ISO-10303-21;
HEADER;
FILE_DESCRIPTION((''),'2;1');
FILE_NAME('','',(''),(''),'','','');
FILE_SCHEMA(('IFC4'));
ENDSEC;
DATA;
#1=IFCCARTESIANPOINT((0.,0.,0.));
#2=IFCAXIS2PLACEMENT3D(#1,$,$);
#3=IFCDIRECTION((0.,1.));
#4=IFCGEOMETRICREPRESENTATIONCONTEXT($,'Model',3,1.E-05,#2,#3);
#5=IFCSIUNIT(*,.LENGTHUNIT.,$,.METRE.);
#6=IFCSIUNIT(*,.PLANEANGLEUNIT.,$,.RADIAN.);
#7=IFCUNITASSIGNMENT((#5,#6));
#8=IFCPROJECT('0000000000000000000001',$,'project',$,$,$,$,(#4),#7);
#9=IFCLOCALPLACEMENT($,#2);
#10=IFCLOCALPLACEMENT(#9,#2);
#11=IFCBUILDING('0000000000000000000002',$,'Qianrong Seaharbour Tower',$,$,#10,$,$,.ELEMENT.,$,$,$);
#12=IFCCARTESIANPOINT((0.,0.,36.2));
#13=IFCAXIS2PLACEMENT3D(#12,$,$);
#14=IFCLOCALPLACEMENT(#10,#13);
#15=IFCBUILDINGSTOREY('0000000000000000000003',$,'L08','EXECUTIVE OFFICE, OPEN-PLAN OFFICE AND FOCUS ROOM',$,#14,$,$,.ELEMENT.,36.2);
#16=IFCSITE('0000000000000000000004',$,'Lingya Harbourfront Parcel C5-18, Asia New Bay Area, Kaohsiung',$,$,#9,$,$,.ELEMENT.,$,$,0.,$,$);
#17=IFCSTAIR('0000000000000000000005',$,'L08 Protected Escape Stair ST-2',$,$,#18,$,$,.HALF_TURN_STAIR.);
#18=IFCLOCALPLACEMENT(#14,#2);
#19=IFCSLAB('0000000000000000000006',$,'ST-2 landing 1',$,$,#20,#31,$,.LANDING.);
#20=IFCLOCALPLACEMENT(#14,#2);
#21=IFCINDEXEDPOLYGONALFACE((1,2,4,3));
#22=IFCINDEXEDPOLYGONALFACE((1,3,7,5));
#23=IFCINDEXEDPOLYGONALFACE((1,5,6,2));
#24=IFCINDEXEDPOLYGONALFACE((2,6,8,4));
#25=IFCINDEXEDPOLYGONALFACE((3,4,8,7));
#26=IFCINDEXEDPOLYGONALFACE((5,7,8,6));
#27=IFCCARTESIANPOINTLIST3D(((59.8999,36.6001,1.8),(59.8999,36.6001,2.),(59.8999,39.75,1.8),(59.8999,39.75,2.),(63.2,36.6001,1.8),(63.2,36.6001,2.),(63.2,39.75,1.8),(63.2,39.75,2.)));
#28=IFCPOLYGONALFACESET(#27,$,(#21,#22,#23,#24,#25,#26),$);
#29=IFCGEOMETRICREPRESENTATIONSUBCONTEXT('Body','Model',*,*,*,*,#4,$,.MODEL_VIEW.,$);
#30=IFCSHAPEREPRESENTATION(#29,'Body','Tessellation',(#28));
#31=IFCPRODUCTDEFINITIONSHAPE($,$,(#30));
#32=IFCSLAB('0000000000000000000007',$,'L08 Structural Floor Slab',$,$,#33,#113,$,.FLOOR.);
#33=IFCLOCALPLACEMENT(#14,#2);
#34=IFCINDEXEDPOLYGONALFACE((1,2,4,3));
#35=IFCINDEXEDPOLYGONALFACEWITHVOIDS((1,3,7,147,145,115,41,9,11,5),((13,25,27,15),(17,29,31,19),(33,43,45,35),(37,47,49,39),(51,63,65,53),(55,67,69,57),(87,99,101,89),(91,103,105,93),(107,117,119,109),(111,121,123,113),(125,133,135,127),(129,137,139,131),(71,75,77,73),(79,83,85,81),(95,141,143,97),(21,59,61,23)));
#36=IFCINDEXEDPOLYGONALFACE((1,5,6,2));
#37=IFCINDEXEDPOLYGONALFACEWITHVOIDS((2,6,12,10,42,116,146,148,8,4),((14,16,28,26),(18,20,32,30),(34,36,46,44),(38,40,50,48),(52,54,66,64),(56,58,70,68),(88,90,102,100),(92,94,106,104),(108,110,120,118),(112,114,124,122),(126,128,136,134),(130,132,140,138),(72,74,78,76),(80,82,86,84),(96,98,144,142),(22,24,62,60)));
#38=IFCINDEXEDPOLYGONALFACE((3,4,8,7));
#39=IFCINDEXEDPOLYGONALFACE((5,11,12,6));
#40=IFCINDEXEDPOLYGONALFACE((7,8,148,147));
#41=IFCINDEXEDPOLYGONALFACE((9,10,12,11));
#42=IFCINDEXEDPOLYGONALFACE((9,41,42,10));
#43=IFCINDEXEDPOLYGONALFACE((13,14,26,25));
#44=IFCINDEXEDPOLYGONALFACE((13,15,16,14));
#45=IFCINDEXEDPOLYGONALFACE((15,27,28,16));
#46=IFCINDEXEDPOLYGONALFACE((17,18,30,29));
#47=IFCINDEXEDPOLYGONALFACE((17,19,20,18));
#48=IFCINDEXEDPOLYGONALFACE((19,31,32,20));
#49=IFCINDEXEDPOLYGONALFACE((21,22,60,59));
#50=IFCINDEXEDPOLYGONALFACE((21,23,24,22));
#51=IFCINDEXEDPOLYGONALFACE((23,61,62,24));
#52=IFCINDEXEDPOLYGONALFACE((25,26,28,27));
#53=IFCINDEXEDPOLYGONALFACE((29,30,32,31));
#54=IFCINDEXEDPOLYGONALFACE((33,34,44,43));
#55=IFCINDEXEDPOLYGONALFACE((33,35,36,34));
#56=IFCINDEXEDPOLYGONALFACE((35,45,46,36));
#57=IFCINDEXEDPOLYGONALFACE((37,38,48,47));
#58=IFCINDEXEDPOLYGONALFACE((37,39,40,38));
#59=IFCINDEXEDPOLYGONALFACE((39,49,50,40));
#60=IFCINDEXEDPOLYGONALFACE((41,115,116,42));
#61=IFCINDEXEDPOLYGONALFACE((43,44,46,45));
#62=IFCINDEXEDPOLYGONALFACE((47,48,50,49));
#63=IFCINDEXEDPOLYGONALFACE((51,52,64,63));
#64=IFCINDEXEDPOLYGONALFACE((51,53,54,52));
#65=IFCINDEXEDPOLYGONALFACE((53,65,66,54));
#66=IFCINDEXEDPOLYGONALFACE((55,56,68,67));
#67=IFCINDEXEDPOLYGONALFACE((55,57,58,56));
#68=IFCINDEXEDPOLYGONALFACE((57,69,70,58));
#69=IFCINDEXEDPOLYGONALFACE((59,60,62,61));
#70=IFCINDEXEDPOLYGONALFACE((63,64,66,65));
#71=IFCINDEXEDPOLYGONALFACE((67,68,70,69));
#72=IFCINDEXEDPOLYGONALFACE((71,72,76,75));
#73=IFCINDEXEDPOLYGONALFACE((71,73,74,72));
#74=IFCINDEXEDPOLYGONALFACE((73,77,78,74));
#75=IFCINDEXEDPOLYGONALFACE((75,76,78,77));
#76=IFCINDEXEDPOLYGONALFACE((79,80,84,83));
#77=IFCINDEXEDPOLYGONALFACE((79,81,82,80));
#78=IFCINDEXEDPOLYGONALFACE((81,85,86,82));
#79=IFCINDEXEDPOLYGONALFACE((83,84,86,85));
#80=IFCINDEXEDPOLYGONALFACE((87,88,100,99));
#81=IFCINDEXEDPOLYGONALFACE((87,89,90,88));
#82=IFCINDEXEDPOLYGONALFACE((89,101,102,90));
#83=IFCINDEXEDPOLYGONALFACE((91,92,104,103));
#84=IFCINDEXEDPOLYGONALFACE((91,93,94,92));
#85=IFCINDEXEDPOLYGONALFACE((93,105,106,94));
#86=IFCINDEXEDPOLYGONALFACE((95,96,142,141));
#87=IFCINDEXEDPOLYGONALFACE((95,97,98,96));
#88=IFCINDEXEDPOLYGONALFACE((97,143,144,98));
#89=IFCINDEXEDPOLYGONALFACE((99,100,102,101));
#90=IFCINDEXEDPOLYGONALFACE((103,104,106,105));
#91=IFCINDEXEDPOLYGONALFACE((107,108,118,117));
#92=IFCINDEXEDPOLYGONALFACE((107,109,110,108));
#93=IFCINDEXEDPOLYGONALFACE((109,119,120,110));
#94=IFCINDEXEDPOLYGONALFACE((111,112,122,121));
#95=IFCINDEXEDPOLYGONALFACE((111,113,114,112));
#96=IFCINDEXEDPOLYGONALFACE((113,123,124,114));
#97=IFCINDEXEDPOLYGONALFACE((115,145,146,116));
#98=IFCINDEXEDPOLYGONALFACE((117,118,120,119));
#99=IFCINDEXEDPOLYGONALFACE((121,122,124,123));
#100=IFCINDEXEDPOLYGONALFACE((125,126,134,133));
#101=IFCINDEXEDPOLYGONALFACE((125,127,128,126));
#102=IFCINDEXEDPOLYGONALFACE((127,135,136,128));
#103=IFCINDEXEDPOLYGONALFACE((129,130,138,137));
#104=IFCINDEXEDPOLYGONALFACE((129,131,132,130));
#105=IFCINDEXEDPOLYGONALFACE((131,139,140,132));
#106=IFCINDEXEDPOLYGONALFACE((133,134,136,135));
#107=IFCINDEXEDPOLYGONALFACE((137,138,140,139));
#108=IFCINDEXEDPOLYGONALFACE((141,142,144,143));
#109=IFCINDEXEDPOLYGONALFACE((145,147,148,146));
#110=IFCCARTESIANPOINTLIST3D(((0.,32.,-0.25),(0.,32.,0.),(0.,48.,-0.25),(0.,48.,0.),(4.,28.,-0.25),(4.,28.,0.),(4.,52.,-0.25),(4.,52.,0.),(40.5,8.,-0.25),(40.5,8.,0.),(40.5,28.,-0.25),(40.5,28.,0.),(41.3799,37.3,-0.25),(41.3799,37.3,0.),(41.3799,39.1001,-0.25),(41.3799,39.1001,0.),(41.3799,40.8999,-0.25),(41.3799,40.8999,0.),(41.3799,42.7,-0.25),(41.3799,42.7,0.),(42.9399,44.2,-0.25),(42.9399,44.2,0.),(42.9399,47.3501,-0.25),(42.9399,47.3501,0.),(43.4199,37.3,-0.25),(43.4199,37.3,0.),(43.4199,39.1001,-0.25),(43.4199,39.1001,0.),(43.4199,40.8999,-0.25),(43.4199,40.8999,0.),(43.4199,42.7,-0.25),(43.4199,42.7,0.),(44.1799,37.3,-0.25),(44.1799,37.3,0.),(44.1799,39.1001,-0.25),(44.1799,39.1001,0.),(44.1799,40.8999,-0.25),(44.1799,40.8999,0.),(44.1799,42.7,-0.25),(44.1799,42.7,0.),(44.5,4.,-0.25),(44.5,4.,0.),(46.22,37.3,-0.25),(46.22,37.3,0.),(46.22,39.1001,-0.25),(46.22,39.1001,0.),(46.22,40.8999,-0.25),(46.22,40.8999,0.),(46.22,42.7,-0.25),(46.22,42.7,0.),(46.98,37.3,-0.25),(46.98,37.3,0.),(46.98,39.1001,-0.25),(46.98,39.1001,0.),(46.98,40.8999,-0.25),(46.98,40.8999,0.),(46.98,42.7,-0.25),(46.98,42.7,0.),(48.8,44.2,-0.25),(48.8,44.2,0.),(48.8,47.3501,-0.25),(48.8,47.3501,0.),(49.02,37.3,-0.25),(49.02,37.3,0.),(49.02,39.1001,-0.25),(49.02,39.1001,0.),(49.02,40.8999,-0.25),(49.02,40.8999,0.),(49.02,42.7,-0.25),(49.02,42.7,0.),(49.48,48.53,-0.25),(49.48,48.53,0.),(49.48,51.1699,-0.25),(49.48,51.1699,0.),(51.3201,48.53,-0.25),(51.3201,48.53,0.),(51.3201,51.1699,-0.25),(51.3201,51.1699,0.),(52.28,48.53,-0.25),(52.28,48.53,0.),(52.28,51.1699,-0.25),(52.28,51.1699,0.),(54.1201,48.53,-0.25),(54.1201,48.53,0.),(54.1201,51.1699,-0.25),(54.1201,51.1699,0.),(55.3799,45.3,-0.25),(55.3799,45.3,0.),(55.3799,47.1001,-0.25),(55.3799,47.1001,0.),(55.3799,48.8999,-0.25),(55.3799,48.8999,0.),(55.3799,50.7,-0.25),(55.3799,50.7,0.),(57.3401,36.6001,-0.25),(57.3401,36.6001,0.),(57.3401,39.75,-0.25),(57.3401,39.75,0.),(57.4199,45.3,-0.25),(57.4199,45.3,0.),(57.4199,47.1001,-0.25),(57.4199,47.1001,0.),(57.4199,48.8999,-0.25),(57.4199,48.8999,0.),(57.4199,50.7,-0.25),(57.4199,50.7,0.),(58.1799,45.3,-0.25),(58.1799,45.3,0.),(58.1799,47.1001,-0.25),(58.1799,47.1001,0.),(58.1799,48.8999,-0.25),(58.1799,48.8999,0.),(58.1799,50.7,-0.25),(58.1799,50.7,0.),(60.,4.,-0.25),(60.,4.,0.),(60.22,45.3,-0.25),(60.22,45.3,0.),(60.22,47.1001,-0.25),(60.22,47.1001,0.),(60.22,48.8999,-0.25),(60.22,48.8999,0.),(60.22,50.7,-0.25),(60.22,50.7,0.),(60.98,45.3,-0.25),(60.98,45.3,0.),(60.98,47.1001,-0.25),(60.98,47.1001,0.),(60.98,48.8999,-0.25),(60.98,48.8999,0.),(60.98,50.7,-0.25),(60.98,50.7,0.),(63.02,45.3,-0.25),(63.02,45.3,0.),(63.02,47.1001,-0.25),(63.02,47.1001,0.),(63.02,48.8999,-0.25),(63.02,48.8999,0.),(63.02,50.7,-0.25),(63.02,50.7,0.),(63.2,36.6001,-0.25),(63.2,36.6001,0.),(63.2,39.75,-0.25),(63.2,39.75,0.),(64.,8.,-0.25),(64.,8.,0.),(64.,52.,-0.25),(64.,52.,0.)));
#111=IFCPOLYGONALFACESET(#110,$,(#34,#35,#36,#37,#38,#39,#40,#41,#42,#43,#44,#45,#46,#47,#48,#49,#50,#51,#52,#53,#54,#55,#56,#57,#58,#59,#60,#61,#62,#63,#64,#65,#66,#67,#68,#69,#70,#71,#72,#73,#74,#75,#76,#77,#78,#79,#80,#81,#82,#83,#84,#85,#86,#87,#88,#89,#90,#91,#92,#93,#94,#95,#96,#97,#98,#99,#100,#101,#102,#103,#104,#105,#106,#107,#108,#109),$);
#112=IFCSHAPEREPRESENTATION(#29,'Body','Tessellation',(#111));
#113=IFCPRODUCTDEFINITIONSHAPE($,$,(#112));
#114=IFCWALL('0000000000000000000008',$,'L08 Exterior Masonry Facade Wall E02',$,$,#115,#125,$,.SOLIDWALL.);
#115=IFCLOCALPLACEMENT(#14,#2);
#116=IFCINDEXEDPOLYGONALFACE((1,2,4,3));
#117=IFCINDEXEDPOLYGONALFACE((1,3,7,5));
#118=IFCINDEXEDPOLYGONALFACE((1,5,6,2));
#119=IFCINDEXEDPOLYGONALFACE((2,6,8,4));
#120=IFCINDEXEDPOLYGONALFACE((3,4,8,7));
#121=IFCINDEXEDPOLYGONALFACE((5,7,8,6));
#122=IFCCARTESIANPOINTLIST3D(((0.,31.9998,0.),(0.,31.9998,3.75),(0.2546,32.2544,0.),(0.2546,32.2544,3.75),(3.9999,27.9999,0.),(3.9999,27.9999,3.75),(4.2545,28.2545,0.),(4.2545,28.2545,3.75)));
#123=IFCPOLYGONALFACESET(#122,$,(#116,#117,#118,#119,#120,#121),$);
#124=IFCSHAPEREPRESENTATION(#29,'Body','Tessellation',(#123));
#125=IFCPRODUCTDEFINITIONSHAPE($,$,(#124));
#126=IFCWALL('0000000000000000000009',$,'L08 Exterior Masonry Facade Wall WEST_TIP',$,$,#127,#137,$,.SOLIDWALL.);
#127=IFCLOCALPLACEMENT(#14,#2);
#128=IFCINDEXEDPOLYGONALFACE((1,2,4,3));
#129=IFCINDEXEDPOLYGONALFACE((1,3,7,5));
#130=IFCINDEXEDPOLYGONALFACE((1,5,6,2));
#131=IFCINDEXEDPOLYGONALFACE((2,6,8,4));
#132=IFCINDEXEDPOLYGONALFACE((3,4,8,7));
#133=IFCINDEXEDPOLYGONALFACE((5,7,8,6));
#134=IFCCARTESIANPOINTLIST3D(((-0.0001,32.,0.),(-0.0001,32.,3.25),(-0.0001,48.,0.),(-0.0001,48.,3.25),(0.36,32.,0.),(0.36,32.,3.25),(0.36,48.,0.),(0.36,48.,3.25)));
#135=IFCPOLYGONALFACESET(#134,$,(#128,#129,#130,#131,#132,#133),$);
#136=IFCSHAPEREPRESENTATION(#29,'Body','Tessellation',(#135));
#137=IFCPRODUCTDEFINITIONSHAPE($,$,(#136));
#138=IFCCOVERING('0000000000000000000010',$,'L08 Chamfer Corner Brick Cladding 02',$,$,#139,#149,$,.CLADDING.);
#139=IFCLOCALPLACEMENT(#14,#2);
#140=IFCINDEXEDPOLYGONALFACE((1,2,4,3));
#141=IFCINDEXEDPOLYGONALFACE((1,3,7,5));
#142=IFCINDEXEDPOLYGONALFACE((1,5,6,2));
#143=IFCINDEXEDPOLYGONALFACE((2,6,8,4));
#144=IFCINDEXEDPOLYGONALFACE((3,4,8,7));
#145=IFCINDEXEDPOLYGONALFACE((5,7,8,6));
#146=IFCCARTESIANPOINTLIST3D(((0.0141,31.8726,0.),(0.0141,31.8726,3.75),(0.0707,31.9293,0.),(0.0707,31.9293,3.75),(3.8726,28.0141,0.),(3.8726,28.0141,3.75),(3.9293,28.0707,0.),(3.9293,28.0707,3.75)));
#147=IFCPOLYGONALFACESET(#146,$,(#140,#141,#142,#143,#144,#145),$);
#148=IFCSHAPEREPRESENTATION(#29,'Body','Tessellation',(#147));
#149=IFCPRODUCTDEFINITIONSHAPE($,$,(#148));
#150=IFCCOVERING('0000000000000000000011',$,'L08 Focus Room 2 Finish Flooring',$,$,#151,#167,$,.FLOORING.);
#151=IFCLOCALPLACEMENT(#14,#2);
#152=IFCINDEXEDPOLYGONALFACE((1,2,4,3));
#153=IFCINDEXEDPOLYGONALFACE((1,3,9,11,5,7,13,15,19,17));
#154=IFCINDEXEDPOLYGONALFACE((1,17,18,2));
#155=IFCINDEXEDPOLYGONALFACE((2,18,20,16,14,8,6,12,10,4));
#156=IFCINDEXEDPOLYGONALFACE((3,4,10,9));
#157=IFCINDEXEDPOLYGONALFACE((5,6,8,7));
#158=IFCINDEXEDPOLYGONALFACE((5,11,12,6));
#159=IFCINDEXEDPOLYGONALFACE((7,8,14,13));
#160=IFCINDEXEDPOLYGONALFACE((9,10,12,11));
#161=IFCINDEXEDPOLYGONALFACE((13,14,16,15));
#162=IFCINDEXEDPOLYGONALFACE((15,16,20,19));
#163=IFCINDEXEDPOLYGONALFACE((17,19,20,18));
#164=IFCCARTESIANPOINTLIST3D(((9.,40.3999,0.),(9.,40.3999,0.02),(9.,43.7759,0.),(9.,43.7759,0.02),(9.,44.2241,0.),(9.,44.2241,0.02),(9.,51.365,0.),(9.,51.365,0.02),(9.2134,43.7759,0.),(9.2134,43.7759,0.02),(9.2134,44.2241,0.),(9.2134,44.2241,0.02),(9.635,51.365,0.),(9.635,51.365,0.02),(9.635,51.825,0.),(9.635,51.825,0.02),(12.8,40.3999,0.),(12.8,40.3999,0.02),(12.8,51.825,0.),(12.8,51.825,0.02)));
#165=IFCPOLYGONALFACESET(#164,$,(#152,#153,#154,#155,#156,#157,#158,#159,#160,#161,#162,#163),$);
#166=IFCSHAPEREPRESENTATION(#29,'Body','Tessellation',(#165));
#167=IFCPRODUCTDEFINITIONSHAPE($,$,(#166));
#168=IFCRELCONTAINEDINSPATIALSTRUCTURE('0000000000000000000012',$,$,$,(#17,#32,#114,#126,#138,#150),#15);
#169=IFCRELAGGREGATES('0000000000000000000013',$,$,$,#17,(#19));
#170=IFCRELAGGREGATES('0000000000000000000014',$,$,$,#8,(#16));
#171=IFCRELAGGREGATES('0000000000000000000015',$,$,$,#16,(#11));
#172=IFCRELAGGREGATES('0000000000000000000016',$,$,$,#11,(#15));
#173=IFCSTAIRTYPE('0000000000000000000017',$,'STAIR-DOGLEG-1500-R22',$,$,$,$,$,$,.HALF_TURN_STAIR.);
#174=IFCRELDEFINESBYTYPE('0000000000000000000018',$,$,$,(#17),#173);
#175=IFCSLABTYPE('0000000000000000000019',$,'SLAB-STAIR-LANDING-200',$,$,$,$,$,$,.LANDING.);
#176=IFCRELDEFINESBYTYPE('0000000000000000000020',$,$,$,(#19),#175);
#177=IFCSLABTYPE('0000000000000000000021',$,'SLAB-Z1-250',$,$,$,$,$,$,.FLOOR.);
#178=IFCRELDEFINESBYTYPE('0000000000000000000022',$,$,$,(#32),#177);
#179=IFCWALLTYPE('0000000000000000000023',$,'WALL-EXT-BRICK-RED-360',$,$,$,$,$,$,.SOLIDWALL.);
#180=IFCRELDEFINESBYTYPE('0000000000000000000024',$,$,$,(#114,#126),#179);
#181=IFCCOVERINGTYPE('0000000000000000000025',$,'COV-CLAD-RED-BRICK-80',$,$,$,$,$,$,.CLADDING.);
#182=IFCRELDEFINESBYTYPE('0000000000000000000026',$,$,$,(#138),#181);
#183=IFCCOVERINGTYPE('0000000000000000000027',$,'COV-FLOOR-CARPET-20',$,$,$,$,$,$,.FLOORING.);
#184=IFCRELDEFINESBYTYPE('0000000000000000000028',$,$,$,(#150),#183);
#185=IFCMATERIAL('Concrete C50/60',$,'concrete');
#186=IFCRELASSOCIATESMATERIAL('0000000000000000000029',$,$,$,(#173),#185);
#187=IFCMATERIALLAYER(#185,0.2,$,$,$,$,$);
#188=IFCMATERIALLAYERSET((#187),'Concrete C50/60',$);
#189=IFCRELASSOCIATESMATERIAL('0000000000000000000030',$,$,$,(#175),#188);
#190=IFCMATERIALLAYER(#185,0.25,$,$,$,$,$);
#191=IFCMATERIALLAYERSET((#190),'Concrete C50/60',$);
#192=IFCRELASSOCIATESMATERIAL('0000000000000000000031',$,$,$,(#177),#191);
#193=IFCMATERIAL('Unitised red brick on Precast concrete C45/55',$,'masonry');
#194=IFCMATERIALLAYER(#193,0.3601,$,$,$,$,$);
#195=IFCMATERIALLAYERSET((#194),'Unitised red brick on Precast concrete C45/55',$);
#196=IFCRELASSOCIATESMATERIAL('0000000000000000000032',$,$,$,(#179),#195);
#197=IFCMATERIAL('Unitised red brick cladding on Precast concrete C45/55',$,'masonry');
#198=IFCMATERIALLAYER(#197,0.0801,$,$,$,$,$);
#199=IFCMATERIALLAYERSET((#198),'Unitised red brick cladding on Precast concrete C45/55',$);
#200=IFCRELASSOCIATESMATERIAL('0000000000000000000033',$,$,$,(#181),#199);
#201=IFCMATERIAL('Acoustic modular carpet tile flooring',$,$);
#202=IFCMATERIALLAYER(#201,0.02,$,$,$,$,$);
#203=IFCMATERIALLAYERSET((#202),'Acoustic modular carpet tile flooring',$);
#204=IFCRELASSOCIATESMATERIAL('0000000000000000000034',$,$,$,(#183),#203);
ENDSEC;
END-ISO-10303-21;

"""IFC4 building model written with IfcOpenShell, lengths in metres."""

from ifc_helpers import new_model, si_unit, direction, frame, frame_2d, origin, origin_2d, place, context, subcontext, project, spatial, polyline, rectangle, outline, extrude, material, layer, layer_set, type_object, element, aggregate, save


model = new_model("IFC4")

# Units and contexts
model_context = context("Model", 3, precision=1e-05, world=origin(), true_north=direction((0.0, 1.0)))
body_context = subcontext(model_context, "Body", "Model", "MODEL_VIEW")
ifc_project = project(units=[si_unit("LENGTHUNIT", "METRE"), si_unit("PLANEANGLEUNIT", "RADIAN")], contexts=[model_context])

# Site, building, storey
site_placement = place(None, origin())
site = spatial("IfcSite", under=ifc_project, at=site_placement, Name="Lingya Harbourfront Parcel C5-18, Asia New Bay Area, Kaohsiung", CompositionType="ELEMENT", RefElevation=0.0)
building_placement = place(site_placement, origin())
building = spatial("IfcBuilding", under=site, at=building_placement, Name="Qianrong Seaharbour Tower", CompositionType="ELEMENT")
storey_placement = place(building_placement, frame((0.0, 0.0, 36.2)))
storey = spatial("IfcBuildingStorey", under=building, at=storey_placement, Name="L08", Description="EXECUTIVE OFFICE, OPEN-PLAN OFFICE AND FOCUS ROOM", CompositionType="ELEMENT", Elevation=36.2)

# Stair, slab
ifc_material_1 = material(Name="Concrete C50/60", Category="concrete")
stair_type = type_object("IfcStairType", Name="STAIR-DOGLEG-1500-R22", PredefinedType="HALF_TURN_STAIR", material=ifc_material_1)
ifc_layer_1 = layer(ifc_material_1, 0.2)
ifc_layer_set_1 = layer_set([ifc_layer_1], Name="Concrete C50/60")
slab_type_1 = type_object("IfcSlabType", Name="SLAB-STAIR-LANDING-200", PredefinedType="LANDING", material=ifc_layer_set_1)
stair_1_placement = place(storey_placement, origin())
stair_1 = element("IfcStair", 1, at=stair_1_placement, inside=storey, type_object=stair_type, Name="L08 Protected Escape Stair ST-2", PredefinedType="HALF_TURN_STAIR")
slab_1_placement = place(storey_placement, frame((0.0, 0.0, 1.8)))
slab_1 = element("IfcSlab", 2, at=slab_1_placement, type_object=slab_type_1, Name="ST-2 landing 1", PredefinedType="LANDING", context=body_context, shape_type="SweptSolid", body=[
    extrude(outline(polyline([(59.8999, 36.6001), (63.2, 36.6001), (63.2, 39.75), (59.8999, 39.75), (59.8999, 36.6001)])), origin(), (0.0, 0.0, 1.0), 0.2),
])
aggregate(stair_1, [slab_1])

# Slab
ifc_layer_2 = layer(ifc_material_1, 0.25)
ifc_layer_set_2 = layer_set([ifc_layer_2], Name="Concrete C50/60")
slab_type_2 = type_object("IfcSlabType", Name="SLAB-Z1-250", PredefinedType="FLOOR", material=ifc_layer_set_2)
slab_2_placement = place(storey_placement, frame((0.0, 0.0, -0.25)))
element("IfcSlab", 3, at=slab_2_placement, inside=storey, type_object=slab_type_2, Name="L08 Structural Floor Slab", PredefinedType="FLOOR", context=body_context, shape_type="SweptSolid", body=[
    extrude(outline(polyline([(44.5, 4.0), (60.0, 4.0), (64.0, 8.0), (64.0, 52.0), (4.0, 52.0), (0.0, 48.0), (0.0, 32.0), (4.0, 28.0), (40.5, 28.0), (40.5, 8.0), (44.5, 4.0)]), holes=[polyline([(42.9399, 44.2), (42.9399, 47.3501), (48.8, 47.3501), (48.8, 44.2), (42.9399, 44.2)]), polyline([(57.3401, 36.6001), (57.3401, 39.75), (63.2, 39.75), (63.2, 36.6001), (57.3401, 36.6001)]), polyline([(49.48, 48.53), (49.48, 51.1699), (51.3201, 51.1699), (51.3201, 48.53), (49.48, 48.53)]), polyline([(52.28, 48.53), (52.28, 51.1699), (54.1201, 51.1699), (54.1201, 48.53), (52.28, 48.53)]), polyline([(41.3799, 37.3), (41.3799, 39.1001), (43.4199, 39.1001), (43.4199, 37.3), (41.3799, 37.3)]), polyline([(44.1799, 37.3), (44.1799, 39.1001), (46.22, 39.1001), (46.22, 37.3), (44.1799, 37.3)]), polyline([(46.98, 37.3), (46.98, 39.1001), (49.02, 39.1001), (49.02, 37.3), (46.98, 37.3)]), polyline([(41.3799, 40.8999), (41.3799, 42.7), (43.4199, 42.7), (43.4199, 40.8999), (41.3799, 40.8999)]), polyline([(44.1799, 40.8999), (44.1799, 42.7), (46.22, 42.7), (46.22, 40.8999), (44.1799, 40.8999)]), polyline([(46.98, 40.8999), (46.98, 42.7), (49.02, 42.7), (49.02, 40.8999), (46.98, 40.8999)]), polyline([(55.3799, 45.3), (55.3799, 47.1001), (57.4199, 47.1001), (57.4199, 45.3), (55.3799, 45.3)]), polyline([(58.1799, 45.3), (58.1799, 47.1001), (60.22, 47.1001), (60.22, 45.3), (58.1799, 45.3)]), polyline([(60.98, 45.3), (60.98, 47.1001), (63.02, 47.1001), (63.02, 45.3), (60.98, 45.3)]), polyline([(55.3799, 48.8999), (55.3799, 50.7), (57.4199, 50.7), (57.4199, 48.8999), (55.3799, 48.8999)]), polyline([(58.1799, 48.8999), (58.1799, 50.7), (60.22, 50.7), (60.22, 48.8999), (58.1799, 48.8999)]), polyline([(60.98, 48.8999), (60.98, 50.7), (63.02, 50.7), (63.02, 48.8999), (60.98, 48.8999)])]), origin(), (0.0, 0.0, 1.0), 0.25),
])

# Walls
ifc_material_2 = material(Name="Unitised red brick on Precast concrete C45/55", Category="masonry")
ifc_layer_3 = layer(ifc_material_2, 0.3601)
ifc_layer_set_3 = layer_set([ifc_layer_3], Name="Unitised red brick on Precast concrete C45/55")
wall_type = type_object("IfcWallType", Name="WALL-EXT-BRICK-RED-360", PredefinedType="SOLIDWALL", material=ifc_layer_set_3)
wall_1_placement = place(storey_placement, frame((4.1272, 28.1272, 0.0), z_axis=(0.0, 0.0, 1.0), x_axis=(-0.707107, 0.707107, 0.0)))
element("IfcWall", 4, at=wall_1_placement, inside=storey, type_object=wall_type, Name="L08 Exterior Masonry Facade Wall E02", PredefinedType="SOLIDWALL", context=body_context, shape_type="SweptSolid", body=[
    extrude(rectangle(XDim=5.6567, YDim=0.3601, at=frame_2d((2.8284, 0.0))), origin(), (0.0, 0.0, 1.0), 3.75),
])
wall_2_placement = place(storey_placement, frame((0.1799, 32.0, 0.0), z_axis=(0.0, 0.0, 1.0), x_axis=(0.0, 1.0, 0.0)))
element("IfcWall", 5, at=wall_2_placement, inside=storey, type_object=wall_type, Name="L08 Exterior Masonry Facade Wall WEST_TIP", PredefinedType="SOLIDWALL", context=body_context, shape_type="SweptSolid", body=[
    extrude(rectangle(XDim=16.0, YDim=0.3601, at=frame_2d((8.0, 0.0))), origin(), (0.0, 0.0, 1.0), 3.25),
])

# Coverings
ifc_material_3 = material(Name="Unitised red brick cladding on Precast concrete C45/55", Category="masonry")
ifc_layer_4 = layer(ifc_material_3, 0.0801)
ifc_layer_set_4 = layer_set([ifc_layer_4], Name="Unitised red brick cladding on Precast concrete C45/55")
covering_type_1 = type_object("IfcCoveringType", Name="COV-CLAD-RED-BRICK-80", PredefinedType="CLADDING", material=ifc_layer_set_4)
covering_1_placement = place(storey_placement, frame((1.9717, 29.9717, 0.0), z_axis=(0.0, 0.0, 1.0), x_axis=(-0.707107, 0.707107, 0.0)))
element("IfcCovering", 6, at=covering_1_placement, inside=storey, type_object=covering_type_1, Name="L08 Chamfer Corner Brick Cladding 02", PredefinedType="CLADDING", context=body_context, shape_type="SweptSolid", body=[
    extrude(rectangle(XDim=5.4568, YDim=0.0801, at=origin_2d()), origin(), (0.0, 0.0, 1.0), 3.75),
])
ifc_material_4 = material(Name="Acoustic modular carpet tile flooring")
ifc_layer_5 = layer(ifc_material_4, 0.02)
ifc_layer_set_5 = layer_set([ifc_layer_5], Name="Acoustic modular carpet tile flooring")
covering_type_2 = type_object("IfcCoveringType", Name="COV-FLOOR-CARPET-20", PredefinedType="FLOORING", material=ifc_layer_set_5)
covering_2_placement = place(storey_placement, origin())
element("IfcCovering", 7, at=covering_2_placement, inside=storey, type_object=covering_type_2, Name="L08 Focus Room 2 Finish Flooring", PredefinedType="FLOORING", context=body_context, shape_type="SweptSolid", body=[
    extrude(outline(polyline([(9.0, 43.7759), (9.2134, 43.7759), (9.2134, 44.2241), (9.0, 44.2241), (9.0, 51.365), (9.635, 51.365), (9.635, 51.825), (12.8, 51.825), (12.8, 40.3999), (9.0, 40.3999), (9.0, 43.7759)])), origin(), (0.0, 0.0, 1.0), 0.02),
])

save(model, "model.ifc")
